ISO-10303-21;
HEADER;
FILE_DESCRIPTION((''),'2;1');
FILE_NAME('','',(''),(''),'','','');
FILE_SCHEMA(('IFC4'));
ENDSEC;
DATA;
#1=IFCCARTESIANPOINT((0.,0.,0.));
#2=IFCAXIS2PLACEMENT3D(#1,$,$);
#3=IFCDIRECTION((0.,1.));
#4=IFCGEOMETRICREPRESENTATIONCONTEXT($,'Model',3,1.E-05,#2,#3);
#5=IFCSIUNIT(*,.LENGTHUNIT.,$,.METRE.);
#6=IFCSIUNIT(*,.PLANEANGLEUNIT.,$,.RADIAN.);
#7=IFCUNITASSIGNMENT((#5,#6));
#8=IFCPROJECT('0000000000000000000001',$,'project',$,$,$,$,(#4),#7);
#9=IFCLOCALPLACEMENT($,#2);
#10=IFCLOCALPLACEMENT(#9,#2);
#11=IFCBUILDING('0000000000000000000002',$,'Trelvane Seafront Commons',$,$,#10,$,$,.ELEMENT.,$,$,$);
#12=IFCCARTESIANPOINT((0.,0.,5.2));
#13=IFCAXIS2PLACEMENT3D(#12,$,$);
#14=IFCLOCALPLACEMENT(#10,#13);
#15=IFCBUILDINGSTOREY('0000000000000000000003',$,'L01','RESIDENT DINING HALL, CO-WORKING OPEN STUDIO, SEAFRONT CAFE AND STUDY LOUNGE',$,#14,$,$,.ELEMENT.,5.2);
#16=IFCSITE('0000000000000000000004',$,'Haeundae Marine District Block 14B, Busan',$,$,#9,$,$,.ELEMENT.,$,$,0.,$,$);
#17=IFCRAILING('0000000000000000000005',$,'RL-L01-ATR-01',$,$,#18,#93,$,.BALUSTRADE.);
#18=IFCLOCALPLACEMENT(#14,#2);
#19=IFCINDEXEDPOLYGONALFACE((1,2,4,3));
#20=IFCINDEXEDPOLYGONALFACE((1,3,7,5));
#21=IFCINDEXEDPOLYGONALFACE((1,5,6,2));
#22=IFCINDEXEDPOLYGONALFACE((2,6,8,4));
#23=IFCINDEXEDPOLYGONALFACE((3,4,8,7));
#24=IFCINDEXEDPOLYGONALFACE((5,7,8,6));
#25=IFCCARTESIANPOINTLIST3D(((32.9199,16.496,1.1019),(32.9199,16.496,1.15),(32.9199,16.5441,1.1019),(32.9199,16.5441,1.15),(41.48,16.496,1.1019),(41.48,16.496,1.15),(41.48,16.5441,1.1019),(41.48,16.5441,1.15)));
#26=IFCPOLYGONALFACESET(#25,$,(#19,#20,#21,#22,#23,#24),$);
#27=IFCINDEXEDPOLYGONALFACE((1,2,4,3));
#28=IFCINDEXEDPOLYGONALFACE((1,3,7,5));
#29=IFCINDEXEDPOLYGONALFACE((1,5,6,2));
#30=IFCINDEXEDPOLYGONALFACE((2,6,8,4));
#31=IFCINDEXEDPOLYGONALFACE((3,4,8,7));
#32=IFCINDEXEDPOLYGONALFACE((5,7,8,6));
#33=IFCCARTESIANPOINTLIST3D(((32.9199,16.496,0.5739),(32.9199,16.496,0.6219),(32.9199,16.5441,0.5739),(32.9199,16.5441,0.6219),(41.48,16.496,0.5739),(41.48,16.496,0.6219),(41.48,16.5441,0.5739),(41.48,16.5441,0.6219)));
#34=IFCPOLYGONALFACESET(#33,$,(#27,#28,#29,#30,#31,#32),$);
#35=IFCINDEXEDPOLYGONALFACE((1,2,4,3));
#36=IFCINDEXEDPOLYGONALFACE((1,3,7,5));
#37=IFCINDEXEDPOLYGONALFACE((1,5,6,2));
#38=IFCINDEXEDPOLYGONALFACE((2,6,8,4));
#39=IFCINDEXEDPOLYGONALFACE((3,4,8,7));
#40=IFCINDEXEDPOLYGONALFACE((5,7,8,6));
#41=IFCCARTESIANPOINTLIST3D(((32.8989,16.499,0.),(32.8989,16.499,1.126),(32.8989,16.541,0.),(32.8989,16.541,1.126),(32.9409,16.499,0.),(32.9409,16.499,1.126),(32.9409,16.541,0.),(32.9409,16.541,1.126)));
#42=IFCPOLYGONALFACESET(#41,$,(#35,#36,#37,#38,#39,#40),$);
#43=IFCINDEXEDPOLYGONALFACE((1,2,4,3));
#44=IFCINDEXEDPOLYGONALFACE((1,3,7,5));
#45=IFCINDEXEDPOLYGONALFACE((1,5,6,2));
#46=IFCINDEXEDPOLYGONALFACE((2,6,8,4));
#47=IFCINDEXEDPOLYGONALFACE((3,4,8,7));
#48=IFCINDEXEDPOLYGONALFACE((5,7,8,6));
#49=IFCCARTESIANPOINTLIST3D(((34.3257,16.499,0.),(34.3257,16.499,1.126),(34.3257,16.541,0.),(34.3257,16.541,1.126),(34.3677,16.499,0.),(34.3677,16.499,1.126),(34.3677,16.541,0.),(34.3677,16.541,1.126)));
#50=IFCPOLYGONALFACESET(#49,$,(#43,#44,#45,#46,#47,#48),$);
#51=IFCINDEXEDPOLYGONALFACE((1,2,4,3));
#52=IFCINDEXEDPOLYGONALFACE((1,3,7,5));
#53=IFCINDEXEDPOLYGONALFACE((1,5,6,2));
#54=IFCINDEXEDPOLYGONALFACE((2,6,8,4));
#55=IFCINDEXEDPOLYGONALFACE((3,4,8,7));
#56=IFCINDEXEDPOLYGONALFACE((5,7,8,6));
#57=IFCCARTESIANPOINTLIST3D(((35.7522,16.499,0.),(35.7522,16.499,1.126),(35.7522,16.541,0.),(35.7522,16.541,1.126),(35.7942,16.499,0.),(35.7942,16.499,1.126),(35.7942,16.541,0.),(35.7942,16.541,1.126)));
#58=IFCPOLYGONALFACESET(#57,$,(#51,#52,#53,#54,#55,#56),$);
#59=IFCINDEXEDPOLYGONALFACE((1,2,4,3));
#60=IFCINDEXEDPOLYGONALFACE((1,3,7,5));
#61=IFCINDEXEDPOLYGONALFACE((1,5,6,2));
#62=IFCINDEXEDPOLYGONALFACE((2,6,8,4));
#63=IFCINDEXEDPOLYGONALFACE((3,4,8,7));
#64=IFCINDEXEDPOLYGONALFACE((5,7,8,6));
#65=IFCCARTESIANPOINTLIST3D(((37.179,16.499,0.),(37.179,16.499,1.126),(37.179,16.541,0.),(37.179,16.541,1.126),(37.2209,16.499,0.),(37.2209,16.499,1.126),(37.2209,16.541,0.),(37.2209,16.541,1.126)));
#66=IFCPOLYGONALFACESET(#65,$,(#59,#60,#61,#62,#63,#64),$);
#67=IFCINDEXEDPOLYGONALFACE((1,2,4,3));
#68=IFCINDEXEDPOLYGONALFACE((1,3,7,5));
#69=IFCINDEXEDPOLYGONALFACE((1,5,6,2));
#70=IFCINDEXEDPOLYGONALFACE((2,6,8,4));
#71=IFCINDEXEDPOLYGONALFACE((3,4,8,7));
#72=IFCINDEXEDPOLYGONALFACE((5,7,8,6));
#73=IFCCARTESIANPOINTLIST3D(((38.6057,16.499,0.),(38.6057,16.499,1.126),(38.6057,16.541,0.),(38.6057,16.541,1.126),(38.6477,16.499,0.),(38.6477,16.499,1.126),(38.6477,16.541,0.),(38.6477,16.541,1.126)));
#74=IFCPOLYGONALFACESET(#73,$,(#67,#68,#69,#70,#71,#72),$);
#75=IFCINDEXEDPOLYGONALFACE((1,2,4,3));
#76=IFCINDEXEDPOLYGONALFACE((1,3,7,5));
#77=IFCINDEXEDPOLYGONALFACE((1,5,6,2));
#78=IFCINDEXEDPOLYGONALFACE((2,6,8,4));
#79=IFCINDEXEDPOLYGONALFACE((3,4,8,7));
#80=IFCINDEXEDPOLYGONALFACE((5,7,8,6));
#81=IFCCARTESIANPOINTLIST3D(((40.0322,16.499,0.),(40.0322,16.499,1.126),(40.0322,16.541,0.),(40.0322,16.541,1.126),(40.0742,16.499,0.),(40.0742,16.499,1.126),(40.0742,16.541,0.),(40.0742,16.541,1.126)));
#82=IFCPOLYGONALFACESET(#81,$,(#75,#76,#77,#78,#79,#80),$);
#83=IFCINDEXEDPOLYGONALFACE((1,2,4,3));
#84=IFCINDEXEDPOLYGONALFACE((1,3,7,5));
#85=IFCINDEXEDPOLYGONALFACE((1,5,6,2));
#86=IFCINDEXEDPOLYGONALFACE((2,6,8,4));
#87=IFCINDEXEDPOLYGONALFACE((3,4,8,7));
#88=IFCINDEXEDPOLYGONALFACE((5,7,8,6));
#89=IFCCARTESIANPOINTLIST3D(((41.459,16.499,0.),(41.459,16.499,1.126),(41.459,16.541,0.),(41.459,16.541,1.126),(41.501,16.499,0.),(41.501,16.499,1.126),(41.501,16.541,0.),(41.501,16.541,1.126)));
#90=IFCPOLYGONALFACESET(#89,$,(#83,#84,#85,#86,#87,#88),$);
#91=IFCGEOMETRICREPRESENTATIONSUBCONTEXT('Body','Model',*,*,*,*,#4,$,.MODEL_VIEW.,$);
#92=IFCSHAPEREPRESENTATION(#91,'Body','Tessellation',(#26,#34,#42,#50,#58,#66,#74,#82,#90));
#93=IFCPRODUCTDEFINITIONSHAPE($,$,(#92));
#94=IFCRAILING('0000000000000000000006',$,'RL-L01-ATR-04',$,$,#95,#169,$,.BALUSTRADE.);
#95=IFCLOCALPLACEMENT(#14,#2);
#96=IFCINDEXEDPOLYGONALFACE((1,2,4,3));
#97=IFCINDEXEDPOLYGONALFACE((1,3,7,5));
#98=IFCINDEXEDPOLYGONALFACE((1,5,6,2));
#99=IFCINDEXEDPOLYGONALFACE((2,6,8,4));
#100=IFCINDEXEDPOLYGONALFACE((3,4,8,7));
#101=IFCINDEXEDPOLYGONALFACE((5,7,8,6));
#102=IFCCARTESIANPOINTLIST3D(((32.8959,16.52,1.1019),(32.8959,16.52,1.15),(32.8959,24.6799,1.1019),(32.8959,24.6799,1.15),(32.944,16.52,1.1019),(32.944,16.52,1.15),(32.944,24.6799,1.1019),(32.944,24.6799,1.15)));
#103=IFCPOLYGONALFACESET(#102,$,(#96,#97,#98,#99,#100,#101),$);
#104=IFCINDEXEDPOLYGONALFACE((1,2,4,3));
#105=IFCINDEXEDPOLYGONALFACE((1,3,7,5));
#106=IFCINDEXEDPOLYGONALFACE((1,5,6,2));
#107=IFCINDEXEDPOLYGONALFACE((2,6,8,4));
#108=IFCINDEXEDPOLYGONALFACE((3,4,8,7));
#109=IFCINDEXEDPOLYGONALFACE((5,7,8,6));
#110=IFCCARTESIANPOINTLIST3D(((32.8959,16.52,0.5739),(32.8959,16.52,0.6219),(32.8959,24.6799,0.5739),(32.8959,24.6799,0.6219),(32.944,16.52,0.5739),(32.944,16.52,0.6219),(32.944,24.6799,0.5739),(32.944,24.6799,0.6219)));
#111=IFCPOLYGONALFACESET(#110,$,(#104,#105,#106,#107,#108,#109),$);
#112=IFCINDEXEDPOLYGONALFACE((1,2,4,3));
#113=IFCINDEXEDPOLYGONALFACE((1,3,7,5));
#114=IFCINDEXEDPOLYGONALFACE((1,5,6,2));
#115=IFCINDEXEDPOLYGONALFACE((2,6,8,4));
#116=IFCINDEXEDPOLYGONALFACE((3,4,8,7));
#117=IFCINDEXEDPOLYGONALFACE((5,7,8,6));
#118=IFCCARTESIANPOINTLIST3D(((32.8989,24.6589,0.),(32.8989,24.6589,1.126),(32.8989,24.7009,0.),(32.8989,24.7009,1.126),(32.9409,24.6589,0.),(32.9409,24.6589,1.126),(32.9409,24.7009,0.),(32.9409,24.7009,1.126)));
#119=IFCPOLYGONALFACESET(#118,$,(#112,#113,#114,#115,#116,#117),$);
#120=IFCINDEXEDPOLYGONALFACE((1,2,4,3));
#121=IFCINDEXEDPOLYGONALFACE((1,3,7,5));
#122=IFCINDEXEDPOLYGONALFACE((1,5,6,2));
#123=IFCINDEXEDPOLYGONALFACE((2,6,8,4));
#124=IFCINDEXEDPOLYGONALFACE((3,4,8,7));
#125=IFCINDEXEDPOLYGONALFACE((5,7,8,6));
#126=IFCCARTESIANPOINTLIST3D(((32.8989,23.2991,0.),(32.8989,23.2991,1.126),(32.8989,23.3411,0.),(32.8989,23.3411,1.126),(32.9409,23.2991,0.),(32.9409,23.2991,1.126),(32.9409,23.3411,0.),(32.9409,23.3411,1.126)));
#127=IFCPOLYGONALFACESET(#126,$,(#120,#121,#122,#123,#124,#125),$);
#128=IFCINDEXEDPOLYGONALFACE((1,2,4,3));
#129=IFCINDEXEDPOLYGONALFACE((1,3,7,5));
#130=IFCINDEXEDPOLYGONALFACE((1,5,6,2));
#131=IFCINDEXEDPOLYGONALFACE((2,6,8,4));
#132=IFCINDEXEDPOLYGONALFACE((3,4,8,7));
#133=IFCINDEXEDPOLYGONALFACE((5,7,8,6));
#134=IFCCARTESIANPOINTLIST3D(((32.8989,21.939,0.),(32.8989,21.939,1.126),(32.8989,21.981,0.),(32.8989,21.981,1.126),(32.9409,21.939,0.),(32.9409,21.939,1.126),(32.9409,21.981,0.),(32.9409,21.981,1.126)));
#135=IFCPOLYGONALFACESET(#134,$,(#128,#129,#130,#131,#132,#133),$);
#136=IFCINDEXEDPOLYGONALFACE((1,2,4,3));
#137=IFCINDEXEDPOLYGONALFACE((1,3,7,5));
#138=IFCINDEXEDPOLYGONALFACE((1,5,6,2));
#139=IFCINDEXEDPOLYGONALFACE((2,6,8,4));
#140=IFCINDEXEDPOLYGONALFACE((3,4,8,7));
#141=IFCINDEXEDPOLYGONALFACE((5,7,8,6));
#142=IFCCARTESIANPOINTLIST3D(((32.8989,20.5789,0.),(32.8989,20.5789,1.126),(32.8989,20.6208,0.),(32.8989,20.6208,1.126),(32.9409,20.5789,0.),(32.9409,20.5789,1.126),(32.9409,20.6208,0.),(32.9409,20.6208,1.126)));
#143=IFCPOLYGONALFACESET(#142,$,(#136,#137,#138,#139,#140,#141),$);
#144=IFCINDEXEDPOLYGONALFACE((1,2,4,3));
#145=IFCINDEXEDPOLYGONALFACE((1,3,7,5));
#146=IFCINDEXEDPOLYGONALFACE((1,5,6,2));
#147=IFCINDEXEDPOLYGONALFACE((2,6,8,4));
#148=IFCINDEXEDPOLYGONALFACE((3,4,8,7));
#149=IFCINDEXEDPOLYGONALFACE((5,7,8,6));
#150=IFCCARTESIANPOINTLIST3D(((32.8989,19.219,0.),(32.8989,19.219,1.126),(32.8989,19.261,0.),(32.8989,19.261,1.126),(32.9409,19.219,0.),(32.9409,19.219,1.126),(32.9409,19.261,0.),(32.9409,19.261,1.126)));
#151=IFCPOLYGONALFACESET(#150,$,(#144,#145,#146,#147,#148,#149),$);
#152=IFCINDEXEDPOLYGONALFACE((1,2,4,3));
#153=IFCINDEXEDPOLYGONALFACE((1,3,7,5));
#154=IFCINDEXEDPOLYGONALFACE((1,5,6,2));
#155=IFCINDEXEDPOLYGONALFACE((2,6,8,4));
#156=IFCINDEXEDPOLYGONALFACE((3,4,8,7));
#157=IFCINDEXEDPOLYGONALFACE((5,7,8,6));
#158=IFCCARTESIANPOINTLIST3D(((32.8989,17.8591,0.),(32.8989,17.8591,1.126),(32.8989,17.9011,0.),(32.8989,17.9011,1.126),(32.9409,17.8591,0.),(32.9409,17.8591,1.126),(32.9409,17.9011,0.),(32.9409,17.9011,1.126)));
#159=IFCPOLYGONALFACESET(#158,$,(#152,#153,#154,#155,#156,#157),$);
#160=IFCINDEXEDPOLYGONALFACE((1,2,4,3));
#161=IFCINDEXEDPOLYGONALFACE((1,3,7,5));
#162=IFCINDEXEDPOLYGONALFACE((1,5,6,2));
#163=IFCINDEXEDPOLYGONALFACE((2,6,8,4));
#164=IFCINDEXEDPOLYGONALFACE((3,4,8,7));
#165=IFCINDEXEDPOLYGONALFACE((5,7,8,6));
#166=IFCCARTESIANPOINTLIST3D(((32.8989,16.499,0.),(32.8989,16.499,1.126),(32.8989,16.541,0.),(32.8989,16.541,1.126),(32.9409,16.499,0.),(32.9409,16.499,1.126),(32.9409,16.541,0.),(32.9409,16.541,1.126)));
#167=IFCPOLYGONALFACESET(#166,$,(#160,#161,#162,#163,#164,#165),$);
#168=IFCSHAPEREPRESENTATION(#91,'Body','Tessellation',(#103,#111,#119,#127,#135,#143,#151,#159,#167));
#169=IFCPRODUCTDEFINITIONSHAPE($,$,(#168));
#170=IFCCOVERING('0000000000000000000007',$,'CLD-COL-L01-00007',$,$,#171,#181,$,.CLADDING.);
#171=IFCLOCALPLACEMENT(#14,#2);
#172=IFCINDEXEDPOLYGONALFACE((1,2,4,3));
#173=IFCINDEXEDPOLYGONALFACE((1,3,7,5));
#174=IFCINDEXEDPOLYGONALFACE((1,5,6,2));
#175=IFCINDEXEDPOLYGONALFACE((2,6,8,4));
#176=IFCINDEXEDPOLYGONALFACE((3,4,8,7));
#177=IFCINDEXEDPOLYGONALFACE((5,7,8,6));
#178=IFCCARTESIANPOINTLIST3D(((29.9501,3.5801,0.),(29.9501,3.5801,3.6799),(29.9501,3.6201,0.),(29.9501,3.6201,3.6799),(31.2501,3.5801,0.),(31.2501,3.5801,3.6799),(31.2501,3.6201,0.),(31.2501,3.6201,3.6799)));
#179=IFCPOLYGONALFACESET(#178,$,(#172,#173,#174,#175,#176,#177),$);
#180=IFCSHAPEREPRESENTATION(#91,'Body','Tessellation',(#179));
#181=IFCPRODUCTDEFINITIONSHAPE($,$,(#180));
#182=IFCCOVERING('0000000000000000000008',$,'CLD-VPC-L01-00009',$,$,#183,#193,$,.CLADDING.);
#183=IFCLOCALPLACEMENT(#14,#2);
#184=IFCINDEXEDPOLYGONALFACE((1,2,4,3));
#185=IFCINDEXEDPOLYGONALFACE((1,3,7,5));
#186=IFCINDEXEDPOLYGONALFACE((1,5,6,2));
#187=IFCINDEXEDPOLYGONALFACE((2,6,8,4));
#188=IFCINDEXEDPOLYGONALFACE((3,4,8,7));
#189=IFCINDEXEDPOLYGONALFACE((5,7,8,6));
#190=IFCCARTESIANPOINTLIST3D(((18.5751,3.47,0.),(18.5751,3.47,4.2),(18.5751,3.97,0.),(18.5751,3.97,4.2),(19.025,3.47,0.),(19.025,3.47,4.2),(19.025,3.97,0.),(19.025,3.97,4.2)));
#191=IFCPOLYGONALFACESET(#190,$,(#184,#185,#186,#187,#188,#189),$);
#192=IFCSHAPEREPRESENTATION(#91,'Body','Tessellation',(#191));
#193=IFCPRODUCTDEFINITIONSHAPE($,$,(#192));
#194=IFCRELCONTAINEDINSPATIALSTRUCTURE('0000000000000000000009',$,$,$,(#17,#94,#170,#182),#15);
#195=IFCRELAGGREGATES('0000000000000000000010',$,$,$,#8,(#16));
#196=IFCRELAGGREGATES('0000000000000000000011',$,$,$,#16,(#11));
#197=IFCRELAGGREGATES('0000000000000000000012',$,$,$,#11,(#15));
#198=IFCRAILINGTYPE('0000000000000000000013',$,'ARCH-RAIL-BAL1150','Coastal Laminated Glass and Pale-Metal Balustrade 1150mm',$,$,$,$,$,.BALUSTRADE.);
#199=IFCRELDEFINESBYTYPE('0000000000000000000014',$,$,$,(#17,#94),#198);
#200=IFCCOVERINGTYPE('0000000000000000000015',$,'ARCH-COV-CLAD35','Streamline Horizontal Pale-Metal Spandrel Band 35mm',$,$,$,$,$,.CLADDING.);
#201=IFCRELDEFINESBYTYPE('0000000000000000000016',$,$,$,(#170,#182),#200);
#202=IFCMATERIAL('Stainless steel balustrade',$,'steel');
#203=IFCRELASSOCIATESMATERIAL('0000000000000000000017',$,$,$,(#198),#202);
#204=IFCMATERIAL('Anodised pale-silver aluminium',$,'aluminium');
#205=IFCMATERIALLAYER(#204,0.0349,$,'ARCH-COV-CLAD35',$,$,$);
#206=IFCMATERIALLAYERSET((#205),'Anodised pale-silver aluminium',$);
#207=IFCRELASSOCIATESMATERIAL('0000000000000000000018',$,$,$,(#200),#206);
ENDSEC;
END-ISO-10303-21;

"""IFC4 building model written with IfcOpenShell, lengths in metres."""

from ifc_helpers import new_model, si_unit, direction, frame, origin, origin_2d, place, context, subcontext, project, spatial, rectangle, extrude, source, transform, mapped, material, layer, layer_set, type_object, element, save


model = new_model("IFC4")

# Units and contexts
model_context = context("Model", 3, precision=1e-05, world=origin(), true_north=direction((0.0, 1.0)))
body_context = subcontext(model_context, "Body", "Model", "MODEL_VIEW")
ifc_project = project(units=[si_unit("LENGTHUNIT", "METRE"), si_unit("PLANEANGLEUNIT", "RADIAN")], contexts=[model_context])

# Site, building, storey
site_placement = place(None, origin())
site = spatial("IfcSite", under=ifc_project, at=site_placement, Name="Haeundae Marine District Block 14B, Busan", CompositionType="ELEMENT", RefElevation=0.0)
building_placement = place(site_placement, origin())
building = spatial("IfcBuilding", under=site, at=building_placement, Name="Trelvane Seafront Commons", CompositionType="ELEMENT")
storey_placement = place(building_placement, frame((0.0, 0.0, 5.2)))
storey = spatial("IfcBuildingStorey", under=building, at=storey_placement, Name="L01", Description="RESIDENT DINING HALL, CO-WORKING OPEN STUDIO, SEAFRONT CAFE AND STUDY LOUNGE", CompositionType="ELEMENT", Elevation=5.2)

# Shared definitions
ifc_material_1 = material(Name="Anodised pale-silver aluminium", Category="aluminium")

# Railings
ifc_material_2 = material(Name="Stainless steel balustrade", Category="steel")
railing_type = type_object("IfcRailingType", Name="ARCH-RAIL-BAL1150", Description="Coastal Laminated Glass and Pale-Metal Balustrade 1150mm", PredefinedType="BALUSTRADE", material=ifc_material_2)
railing_1_placement = place(storey_placement, frame((32.9199, 16.52, 0.0)))
element("IfcRailing", 1, at=railing_1_placement, inside=storey, type_object=railing_type, Name="RL-L01-ATR-01", PredefinedType="BALUSTRADE", context=body_context, shape_type="SweptSolid", body=[
    extrude(rectangle(XDim=0.0481, YDim=0.0481, at=origin_2d()), frame((0.0, 0.0, 1.126), z_axis=(1.0, 0.0, 0.0), x_axis=(0.0, 1.0, 0.0)), (0.0, 0.0, 1.0), 8.5601),
    extrude(rectangle(XDim=0.0481, YDim=0.0481, at=origin_2d()), frame((0.0, 0.0, 0.5979), z_axis=(1.0, 0.0, 0.0), x_axis=(0.0, 1.0, 0.0)), (0.0, 0.0, 1.0), 8.5601),
    extrude(rectangle(XDim=0.042, YDim=0.042, at=origin_2d()), origin(), (0.0, 0.0, 1.0), 1.126),
    extrude(rectangle(XDim=0.042, YDim=0.042, at=origin_2d()), frame((1.4268, 0.0, 0.0)), (0.0, 0.0, 1.0), 1.126),
    extrude(rectangle(XDim=0.042, YDim=0.042, at=origin_2d()), frame((2.8533, 0.0, 0.0)), (0.0, 0.0, 1.0), 1.126),
    extrude(rectangle(XDim=0.042, YDim=0.042, at=origin_2d()), frame((4.28, 0.0, 0.0)), (0.0, 0.0, 1.0), 1.126),
    extrude(rectangle(XDim=0.042, YDim=0.042, at=origin_2d()), frame((5.7068, 0.0, 0.0)), (0.0, 0.0, 1.0), 1.126),
    extrude(rectangle(XDim=0.042, YDim=0.042, at=origin_2d()), frame((7.1333, 0.0, 0.0)), (0.0, 0.0, 1.0), 1.126),
    extrude(rectangle(XDim=0.042, YDim=0.042, at=origin_2d()), frame((8.5601, 0.0, 0.0)), (0.0, 0.0, 1.0), 1.126),
])
railing_2_placement = place(storey_placement, frame((32.9199, 24.6799, 0.0)))
element("IfcRailing", 2, at=railing_2_placement, inside=storey, type_object=railing_type, Name="RL-L01-ATR-04", PredefinedType="BALUSTRADE", context=body_context, shape_type="SweptSolid", body=[
    extrude(rectangle(XDim=0.0481, YDim=0.0481, at=origin_2d()), frame((0.0, 0.0, 1.126), z_axis=(0.0, -1.0, 0.0), x_axis=(1.0, 0.0, 0.0)), (0.0, 0.0, 1.0), 8.1599),
    extrude(rectangle(XDim=0.0481, YDim=0.0481, at=origin_2d()), frame((0.0, 0.0, 0.5979), z_axis=(0.0, -1.0, 0.0), x_axis=(1.0, 0.0, 0.0)), (0.0, 0.0, 1.0), 8.1599),
    extrude(rectangle(XDim=0.042, YDim=0.042, at=origin_2d()), origin(), (0.0, 0.0, 1.0), 1.126),
    extrude(rectangle(XDim=0.042, YDim=0.042, at=origin_2d()), frame((0.0, -1.3599, 0.0)), (0.0, 0.0, 1.0), 1.126),
    extrude(rectangle(XDim=0.042, YDim=0.042, at=origin_2d()), frame((0.0, -2.72, 0.0)), (0.0, 0.0, 1.0), 1.126),
    extrude(rectangle(XDim=0.042, YDim=0.042, at=origin_2d()), frame((0.0, -4.0801, 0.0)), (0.0, 0.0, 1.0), 1.126),
    extrude(rectangle(XDim=0.042, YDim=0.042, at=origin_2d()), frame((0.0, -5.4399, 0.0)), (0.0, 0.0, 1.0), 1.126),
    extrude(rectangle(XDim=0.042, YDim=0.042, at=origin_2d()), frame((0.0, -6.7998, 0.0)), (0.0, 0.0, 1.0), 1.126),
    extrude(rectangle(XDim=0.042, YDim=0.042, at=origin_2d()), frame((0.0, -8.1599, 0.0)), (0.0, 0.0, 1.0), 1.126),
])

# Coverings
ifc_layer_1 = layer(ifc_material_1, 0.0349, Name="ARCH-COV-CLAD35")
ifc_layer_set_1 = layer_set([ifc_layer_1], Name="Anodised pale-silver aluminium")
covering_type = type_object("IfcCoveringType", Name="ARCH-COV-CLAD35", Description="Streamline Horizontal Pale-Metal Spandrel Band 35mm", PredefinedType="CLADDING", material=ifc_layer_set_1)
shared_shape_1 = source(origin(), body_context, "Body", "SweptSolid", [
    extrude(rectangle(XDim=1.3, YDim=0.04, at=origin_2d()), origin(), (0.0, 0.0, 1.0), 3.6799),
])
covering_1_placement = place(storey_placement, frame((30.6001, 3.6001, 0.0), z_axis=(0.0, 0.0, 1.0), x_axis=(-1.0, 0.0, 0.0)))
element("IfcCovering", 3, at=covering_1_placement, inside=storey, type_object=covering_type, Name="CLD-COL-L01-00007", PredefinedType="CLADDING", context=body_context, shape_type="MappedRepresentation", body=[
    mapped(shared_shape_1, transform((0.0, 0.0, 0.0), x_axis=(1.0, 0.0, 0.0), y_axis=(0.0, 1.0, 0.0), z_axis=(0.0, 0.0, 1.0), scale=1.0)),
])
shared_shape_2 = source(origin(), body_context, "Body", "SweptSolid", [
    extrude(rectangle(XDim=0.45, YDim=0.5, at=origin_2d()), origin(), (0.0, 0.0, 1.0), 4.2),
])
covering_2_placement = place(storey_placement, frame((18.8, 3.72, 0.0), z_axis=(0.0, 0.0, 1.0), x_axis=(1.0, 0.0, 0.0)))
element("IfcCovering", 4, at=covering_2_placement, inside=storey, type_object=covering_type, Name="CLD-VPC-L01-00009", PredefinedType="CLADDING", context=body_context, shape_type="MappedRepresentation", body=[
    mapped(shared_shape_2, transform((0.0, 0.0, 0.0), x_axis=(1.0, 0.0, 0.0), y_axis=(0.0, 1.0, 0.0), z_axis=(0.0, 0.0, 1.0), scale=1.0)),
])

save(model, "model.ifc")
